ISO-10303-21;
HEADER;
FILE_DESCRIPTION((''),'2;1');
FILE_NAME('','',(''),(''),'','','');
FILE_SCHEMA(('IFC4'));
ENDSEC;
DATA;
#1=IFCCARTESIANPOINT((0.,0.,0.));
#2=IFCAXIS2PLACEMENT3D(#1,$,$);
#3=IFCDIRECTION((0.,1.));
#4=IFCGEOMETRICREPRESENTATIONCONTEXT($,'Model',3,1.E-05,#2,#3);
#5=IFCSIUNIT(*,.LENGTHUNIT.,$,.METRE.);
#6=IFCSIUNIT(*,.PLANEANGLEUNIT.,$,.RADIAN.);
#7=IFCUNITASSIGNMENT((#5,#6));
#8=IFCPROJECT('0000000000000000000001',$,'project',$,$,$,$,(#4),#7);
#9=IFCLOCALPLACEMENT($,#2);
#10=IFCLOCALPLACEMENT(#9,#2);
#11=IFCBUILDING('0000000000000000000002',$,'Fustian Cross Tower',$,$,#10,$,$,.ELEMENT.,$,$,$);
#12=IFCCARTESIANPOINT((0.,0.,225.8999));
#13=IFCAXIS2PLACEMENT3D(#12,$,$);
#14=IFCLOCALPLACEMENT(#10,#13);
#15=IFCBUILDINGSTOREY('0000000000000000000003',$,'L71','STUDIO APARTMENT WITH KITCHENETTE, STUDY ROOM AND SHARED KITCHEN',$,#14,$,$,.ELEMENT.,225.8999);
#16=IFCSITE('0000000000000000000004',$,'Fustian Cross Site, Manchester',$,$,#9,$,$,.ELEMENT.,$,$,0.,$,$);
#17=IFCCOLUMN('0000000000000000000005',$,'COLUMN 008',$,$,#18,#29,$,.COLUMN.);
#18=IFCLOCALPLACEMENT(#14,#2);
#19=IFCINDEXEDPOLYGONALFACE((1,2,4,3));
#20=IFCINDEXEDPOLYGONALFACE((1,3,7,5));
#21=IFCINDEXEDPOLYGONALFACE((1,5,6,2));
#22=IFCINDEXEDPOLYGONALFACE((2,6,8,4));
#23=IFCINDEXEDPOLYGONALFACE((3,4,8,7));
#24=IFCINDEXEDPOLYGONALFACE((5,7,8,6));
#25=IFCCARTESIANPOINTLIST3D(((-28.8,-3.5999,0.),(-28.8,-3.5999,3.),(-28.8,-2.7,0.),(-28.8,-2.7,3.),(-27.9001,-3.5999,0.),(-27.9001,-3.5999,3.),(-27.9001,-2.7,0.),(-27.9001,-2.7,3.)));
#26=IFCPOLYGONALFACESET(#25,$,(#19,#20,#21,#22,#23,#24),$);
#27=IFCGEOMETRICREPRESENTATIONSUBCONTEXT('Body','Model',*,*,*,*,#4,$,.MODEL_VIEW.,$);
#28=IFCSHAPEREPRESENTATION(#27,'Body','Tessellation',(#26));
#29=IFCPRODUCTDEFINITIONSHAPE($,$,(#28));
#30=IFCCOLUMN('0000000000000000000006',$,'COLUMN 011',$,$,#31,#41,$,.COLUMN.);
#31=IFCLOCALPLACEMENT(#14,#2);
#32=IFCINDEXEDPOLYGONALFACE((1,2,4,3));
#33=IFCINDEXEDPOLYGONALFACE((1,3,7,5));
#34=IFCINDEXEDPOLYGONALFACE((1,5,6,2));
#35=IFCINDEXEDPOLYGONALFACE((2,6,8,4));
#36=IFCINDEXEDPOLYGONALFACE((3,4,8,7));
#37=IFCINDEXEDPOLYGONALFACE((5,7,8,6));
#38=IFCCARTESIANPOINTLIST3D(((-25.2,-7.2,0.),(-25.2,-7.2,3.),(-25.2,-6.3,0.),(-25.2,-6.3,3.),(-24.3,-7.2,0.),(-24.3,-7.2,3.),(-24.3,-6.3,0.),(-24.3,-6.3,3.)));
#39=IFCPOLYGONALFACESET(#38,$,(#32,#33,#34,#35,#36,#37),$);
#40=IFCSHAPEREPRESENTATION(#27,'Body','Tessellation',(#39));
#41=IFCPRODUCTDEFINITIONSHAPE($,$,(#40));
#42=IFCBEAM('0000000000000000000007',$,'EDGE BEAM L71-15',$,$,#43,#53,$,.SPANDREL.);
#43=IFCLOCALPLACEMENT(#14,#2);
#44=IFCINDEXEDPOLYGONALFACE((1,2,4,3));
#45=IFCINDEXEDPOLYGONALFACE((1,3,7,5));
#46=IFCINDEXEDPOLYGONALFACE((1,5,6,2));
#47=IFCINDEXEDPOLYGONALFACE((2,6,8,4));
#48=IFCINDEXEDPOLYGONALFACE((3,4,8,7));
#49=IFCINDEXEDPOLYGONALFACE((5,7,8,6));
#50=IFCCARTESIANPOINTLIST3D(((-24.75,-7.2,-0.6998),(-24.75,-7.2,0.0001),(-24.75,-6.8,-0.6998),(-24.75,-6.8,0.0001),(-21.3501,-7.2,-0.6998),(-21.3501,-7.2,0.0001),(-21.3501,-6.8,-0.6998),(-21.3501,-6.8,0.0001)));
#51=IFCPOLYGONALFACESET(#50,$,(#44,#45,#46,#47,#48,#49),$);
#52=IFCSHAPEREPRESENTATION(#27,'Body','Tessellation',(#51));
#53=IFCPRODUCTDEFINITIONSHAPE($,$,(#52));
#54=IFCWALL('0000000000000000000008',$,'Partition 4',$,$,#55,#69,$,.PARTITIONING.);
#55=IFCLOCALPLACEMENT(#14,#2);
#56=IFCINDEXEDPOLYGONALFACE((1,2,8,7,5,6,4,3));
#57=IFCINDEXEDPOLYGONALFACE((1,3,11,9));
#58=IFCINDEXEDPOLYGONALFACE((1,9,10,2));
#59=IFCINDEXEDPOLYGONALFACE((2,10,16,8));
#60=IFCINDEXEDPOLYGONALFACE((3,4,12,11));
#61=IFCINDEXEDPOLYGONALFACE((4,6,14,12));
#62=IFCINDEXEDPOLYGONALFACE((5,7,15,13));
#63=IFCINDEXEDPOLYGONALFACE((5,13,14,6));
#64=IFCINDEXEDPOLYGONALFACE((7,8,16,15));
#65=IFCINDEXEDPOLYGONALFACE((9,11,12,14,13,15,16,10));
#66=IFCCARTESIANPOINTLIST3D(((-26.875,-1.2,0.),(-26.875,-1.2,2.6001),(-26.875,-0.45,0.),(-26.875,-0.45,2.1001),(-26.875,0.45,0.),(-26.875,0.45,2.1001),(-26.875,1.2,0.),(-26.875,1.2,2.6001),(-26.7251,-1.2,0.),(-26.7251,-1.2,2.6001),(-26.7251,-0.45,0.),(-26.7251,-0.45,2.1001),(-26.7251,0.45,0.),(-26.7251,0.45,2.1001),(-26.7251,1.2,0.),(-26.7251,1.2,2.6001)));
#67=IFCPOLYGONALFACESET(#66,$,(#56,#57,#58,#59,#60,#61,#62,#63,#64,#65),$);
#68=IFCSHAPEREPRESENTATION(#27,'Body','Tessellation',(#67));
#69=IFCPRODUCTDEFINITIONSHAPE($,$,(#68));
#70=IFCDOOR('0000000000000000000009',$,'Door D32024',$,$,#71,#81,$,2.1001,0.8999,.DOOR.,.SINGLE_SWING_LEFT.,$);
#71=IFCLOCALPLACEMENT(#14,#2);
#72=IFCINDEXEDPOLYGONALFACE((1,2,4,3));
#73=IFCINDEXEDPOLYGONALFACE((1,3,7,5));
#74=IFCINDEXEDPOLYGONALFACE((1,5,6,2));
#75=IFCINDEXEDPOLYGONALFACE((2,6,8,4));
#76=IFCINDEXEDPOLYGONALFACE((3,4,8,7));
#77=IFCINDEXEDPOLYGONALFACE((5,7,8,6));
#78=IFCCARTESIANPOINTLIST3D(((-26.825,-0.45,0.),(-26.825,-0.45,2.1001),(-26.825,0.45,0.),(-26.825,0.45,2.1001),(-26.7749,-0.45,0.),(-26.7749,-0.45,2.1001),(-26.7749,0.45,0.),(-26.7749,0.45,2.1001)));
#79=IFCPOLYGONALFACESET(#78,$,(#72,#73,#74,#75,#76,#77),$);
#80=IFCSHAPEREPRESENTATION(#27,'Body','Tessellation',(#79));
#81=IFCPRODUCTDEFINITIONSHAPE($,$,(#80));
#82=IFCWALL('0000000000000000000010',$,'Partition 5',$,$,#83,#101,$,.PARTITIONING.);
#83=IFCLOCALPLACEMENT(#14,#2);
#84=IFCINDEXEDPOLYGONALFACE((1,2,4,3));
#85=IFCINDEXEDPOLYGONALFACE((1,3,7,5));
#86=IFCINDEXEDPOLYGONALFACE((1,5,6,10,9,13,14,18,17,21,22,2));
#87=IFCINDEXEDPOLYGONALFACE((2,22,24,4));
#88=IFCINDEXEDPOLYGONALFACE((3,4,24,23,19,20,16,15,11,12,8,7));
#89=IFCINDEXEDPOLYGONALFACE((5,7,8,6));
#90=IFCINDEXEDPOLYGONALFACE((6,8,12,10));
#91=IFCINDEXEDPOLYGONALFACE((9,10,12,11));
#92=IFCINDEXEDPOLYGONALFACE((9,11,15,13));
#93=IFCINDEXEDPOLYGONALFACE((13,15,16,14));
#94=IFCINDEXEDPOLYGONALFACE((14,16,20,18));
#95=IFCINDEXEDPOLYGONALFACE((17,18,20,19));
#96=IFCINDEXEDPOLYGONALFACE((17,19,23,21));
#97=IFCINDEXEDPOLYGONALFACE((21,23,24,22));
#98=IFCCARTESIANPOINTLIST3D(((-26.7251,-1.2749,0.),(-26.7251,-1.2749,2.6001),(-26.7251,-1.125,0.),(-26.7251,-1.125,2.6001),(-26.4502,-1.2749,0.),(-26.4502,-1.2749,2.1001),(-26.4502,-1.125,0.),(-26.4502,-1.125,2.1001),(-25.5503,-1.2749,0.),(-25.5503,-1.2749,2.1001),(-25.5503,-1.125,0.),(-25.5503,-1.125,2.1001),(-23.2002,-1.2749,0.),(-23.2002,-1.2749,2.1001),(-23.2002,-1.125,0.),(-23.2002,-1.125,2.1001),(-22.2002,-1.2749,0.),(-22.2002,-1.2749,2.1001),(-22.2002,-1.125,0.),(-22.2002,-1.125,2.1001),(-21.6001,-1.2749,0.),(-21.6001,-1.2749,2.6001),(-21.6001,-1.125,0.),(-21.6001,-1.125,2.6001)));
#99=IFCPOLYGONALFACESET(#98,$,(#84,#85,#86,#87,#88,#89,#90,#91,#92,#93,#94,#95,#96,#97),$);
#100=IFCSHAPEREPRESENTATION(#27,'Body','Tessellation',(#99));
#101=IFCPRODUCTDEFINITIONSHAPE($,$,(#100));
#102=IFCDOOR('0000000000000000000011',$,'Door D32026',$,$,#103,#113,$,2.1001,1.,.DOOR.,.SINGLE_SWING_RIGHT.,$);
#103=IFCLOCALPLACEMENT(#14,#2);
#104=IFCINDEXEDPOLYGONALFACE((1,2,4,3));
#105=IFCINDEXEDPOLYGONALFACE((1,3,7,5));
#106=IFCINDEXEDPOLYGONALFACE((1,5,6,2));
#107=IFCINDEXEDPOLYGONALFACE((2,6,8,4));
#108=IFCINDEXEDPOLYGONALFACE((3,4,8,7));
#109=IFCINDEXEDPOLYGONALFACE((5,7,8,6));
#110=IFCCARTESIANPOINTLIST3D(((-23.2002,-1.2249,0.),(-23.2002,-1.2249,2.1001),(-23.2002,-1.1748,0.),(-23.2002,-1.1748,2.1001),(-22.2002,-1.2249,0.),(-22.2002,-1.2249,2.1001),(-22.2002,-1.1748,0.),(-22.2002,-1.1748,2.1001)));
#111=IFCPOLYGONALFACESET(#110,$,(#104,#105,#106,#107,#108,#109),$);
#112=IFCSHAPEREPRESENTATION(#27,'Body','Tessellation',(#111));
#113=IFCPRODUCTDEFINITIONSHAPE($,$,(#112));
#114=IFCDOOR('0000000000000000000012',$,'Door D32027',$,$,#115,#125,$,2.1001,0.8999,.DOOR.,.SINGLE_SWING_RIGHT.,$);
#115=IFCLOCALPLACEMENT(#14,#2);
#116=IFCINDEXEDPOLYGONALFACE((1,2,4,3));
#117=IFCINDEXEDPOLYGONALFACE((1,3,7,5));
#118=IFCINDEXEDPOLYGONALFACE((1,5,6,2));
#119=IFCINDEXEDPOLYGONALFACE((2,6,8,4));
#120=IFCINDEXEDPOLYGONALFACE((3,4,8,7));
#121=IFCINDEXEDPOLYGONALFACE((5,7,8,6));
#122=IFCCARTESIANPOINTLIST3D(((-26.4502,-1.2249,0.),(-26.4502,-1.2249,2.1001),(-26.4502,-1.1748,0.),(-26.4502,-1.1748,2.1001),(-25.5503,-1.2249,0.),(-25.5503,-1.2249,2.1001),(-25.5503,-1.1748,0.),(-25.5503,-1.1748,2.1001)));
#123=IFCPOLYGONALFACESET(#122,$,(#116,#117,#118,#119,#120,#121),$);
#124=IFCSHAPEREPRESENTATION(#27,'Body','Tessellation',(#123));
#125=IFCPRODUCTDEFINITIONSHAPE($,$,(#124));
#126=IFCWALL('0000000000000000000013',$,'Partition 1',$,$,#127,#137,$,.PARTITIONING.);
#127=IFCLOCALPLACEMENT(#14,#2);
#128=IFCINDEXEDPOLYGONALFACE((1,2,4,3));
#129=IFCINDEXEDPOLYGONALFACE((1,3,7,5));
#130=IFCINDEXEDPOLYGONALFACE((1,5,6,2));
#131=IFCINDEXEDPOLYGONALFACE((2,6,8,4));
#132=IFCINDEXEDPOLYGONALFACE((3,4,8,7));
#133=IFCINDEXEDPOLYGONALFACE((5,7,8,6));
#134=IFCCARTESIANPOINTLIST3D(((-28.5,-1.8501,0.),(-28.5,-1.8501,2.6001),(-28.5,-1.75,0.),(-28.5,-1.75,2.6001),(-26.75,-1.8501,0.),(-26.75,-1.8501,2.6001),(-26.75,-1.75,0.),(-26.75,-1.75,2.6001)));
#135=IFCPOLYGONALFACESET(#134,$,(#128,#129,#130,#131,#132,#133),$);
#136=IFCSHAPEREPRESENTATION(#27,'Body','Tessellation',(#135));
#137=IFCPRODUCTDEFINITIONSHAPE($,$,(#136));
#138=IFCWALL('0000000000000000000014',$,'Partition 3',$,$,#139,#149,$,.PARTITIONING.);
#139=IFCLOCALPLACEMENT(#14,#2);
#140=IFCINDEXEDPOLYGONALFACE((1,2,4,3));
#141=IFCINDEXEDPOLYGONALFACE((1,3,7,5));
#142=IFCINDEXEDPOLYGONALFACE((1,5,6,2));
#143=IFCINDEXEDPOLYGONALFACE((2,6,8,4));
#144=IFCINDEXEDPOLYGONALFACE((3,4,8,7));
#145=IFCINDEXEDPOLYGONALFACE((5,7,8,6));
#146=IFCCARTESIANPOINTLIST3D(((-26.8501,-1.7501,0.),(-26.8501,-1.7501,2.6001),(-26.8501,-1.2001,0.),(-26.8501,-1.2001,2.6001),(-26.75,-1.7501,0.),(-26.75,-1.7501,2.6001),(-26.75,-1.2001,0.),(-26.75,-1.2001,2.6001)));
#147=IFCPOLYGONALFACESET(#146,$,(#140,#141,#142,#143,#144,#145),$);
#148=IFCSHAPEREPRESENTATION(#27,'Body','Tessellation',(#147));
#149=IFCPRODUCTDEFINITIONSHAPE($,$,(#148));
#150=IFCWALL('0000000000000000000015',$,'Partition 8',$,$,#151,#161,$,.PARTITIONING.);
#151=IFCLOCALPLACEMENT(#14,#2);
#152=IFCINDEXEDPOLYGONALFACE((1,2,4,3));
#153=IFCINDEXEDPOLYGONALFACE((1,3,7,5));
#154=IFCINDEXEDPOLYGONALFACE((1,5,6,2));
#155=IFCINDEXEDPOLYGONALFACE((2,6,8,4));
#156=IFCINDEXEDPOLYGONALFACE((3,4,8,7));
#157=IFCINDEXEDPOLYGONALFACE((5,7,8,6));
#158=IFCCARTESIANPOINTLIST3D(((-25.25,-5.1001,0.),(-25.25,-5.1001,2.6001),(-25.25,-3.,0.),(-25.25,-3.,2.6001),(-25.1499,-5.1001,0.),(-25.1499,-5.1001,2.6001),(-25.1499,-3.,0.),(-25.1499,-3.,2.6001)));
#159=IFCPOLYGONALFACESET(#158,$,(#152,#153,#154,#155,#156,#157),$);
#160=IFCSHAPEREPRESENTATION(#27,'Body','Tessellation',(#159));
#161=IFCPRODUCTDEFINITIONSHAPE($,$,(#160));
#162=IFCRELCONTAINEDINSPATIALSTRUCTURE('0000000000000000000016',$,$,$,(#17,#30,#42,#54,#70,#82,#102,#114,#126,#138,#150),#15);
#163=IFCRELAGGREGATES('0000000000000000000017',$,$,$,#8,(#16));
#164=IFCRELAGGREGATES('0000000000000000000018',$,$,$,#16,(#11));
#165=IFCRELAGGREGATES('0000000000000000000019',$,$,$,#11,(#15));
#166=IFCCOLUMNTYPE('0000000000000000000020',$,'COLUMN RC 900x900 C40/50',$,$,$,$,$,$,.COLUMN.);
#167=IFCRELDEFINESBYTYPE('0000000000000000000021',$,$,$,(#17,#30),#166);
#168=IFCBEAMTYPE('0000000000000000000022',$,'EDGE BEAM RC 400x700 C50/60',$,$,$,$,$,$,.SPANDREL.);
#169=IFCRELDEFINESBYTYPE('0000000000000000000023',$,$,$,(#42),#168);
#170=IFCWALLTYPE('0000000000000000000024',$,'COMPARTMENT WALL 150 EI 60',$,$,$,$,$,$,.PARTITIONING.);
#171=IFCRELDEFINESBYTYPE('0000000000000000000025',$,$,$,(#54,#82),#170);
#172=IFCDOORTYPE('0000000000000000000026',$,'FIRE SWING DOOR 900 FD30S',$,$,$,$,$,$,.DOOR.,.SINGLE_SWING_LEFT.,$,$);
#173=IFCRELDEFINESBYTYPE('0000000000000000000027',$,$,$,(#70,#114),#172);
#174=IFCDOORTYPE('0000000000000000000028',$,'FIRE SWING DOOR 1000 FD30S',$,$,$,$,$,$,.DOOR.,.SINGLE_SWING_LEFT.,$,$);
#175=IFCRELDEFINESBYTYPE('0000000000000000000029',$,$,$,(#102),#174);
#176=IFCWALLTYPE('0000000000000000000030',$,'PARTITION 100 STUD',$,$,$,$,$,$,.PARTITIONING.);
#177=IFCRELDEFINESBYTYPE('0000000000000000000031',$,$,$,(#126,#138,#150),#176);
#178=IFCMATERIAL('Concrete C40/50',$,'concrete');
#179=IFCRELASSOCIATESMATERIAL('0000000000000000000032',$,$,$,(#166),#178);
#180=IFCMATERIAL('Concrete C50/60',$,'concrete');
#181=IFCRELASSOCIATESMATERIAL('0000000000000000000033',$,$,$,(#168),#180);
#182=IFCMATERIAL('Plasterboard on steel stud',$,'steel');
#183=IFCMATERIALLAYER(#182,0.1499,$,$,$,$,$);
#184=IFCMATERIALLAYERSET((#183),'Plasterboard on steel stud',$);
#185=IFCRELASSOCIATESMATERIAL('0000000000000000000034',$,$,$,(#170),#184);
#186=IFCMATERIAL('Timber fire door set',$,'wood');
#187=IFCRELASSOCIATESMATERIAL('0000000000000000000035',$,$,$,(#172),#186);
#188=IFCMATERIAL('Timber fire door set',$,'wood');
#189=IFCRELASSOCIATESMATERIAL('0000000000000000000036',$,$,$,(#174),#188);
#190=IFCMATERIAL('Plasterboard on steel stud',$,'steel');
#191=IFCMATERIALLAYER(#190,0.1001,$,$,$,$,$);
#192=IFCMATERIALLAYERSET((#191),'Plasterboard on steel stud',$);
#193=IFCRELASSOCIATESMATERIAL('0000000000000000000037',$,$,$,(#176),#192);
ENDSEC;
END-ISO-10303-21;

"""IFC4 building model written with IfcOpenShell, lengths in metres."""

from ifc_helpers import new_model, si_unit, direction, frame, frame_2d, origin, origin_2d, place, context, subcontext, project, spatial, rectangle, extrude, material, layer, layer_set, material_profile, profile_set, type_object, element, fill, save


model = new_model("IFC4")

# Units and contexts
model_context = context("Model", 3, precision=1e-05, world=origin(), true_north=direction((0.0, 1.0)))
body_context = subcontext(model_context, "Body", "Model", "MODEL_VIEW")
ifc_project = project(units=[si_unit("LENGTHUNIT", "METRE"), si_unit("PLANEANGLEUNIT", "RADIAN")], contexts=[model_context])

# Site, building, storey
site_placement = place(None, origin())
site = spatial("IfcSite", under=ifc_project, at=site_placement, Name="Fustian Cross Site, Manchester", CompositionType="ELEMENT", RefElevation=0.0)
building_placement = place(site_placement, origin())
building = spatial("IfcBuilding", under=site, at=building_placement, Name="Fustian Cross Tower", CompositionType="ELEMENT")
storey_placement = place(building_placement, frame((0.0, 0.0, 225.8999)))
storey = spatial("IfcBuildingStorey", under=building, at=storey_placement, Name="L71", Description="STUDIO APARTMENT WITH KITCHENETTE, STUDY ROOM AND SHARED KITCHEN", CompositionType="ELEMENT", Elevation=225.8999)

# Columns
ifc_material_1 = material(Name="Concrete C40/50", Category="concrete")
ifc_material_profile_1 = material_profile(ifc_material_1, rectangle(XDim=0.8999, YDim=0.8999, at=origin_2d()), Name="RC 900x900")
ifc_profile_set_1 = profile_set([ifc_material_profile_1], Name="Concrete C40/50")
column_type = type_object("IfcColumnType", Name="COLUMN RC 900x900 C40/50", PredefinedType="COLUMN", material=ifc_profile_set_1)
for number, where, z_axis, x_axis, name in (
    (1, (-28.3501, -3.1499, 0.0), (0.0, 0.0, 1.0), (1.0, 0.0, 0.0), "COLUMN 008"),
    (2, (-24.75, -6.75, 0.0), (0.0, 0.0, 1.0), (1.0, 0.0, 0.0), "COLUMN 011"),
):
    element("IfcColumn", number, at=place(storey_placement, frame(where, z_axis=z_axis, x_axis=x_axis)), inside=storey, type_object=column_type, Name=name, PredefinedType="COLUMN", context=body_context, shape_type="SweptSolid", body=[
        extrude(rectangle(XDim=0.8999, YDim=0.8999, at=origin_2d()), origin(), (0.0, 0.0, 1.0), 3.0),
    ])

# Beam
ifc_material_2 = material(Name="Concrete C50/60", Category="concrete")
ifc_material_profile_2 = material_profile(ifc_material_2, rectangle(XDim=0.3999, YDim=0.7, at=origin_2d()), Name="RC 400x700")
ifc_profile_set_2 = profile_set([ifc_material_profile_2], Name="Concrete C50/60")
beam_type = type_object("IfcBeamType", Name="EDGE BEAM RC 400x700 C50/60", PredefinedType="SPANDREL", material=ifc_profile_set_2)
beam_placement = place(storey_placement, frame((-24.75, -7.0, -0.3499), z_axis=(1.0, 0.0, 0.0), x_axis=(0.0, 1.0, 0.0)))
element("IfcBeam", 3, at=beam_placement, inside=storey, type_object=beam_type, Name="EDGE BEAM L71-15", PredefinedType="SPANDREL", context=body_context, shape_type="SweptSolid", body=[
    extrude(rectangle(XDim=0.3999, YDim=0.7, at=origin_2d()), origin(), (0.0, 0.0, 1.0), 3.3999),
])

# Wall, opening, door
ifc_material_3 = material(Name="Plasterboard on steel stud", Category="steel")
ifc_layer_1 = layer(ifc_material_3, 0.1499)
ifc_layer_set_1 = layer_set([ifc_layer_1], Name="Plasterboard on steel stud")
wall_type_1 = type_object("IfcWallType", Name="COMPARTMENT WALL 150 EI 60", PredefinedType="PARTITIONING", material=ifc_layer_set_1)
wall_1_placement = place(storey_placement, frame((-26.8, -1.2, 0.0), z_axis=(0.0, 0.0, 1.0), x_axis=(0.0, 1.0, 0.0)))
wall_1 = element("IfcWall", 4, at=wall_1_placement, inside=storey, type_object=wall_type_1, Name="Partition 4", PredefinedType="PARTITIONING", context=body_context, shape_type="SweptSolid", body=[
    extrude(rectangle(XDim=2.3999, YDim=0.1499, at=frame_2d((1.2, 0.0))), origin(), (0.0, 0.0, 1.0), 2.6001),
])
opening_1_placement = place(wall_1_placement, frame((0.75, 0.0, 0.0)))
opening_1 = element("IfcOpeningElement", 5, at=opening_1_placement, cuts=wall_1, PredefinedType="OPENING", context=body_context, shape_type="SweptSolid", body=[
    extrude(rectangle(XDim=0.8999, YDim=2.1001, at=frame_2d((0.45, 1.05))), frame((0.0, 0.085, 0.0), z_axis=(0.0, -1.0, 0.0), x_axis=(1.0, 0.0, 0.0)), (0.0, 0.0, 1.0), 0.1699),
])
ifc_material_4 = material(Name="Timber fire door set", Category="wood")
door_type_1 = type_object("IfcDoorType", Name="FIRE SWING DOOR 900 FD30S", OperationType="SINGLE_SWING_LEFT", PredefinedType="DOOR", material=ifc_material_4)
door_1_placement = place(opening_1_placement, origin())
door_1 = element("IfcDoor", 6, at=door_1_placement, inside=storey, type_object=door_type_1, Name="Door D32024", OperationType="SINGLE_SWING_LEFT", OverallHeight=2.1001, OverallWidth=0.8999, PredefinedType="DOOR", context=body_context, shape_type="SweptSolid", body=[
    extrude(rectangle(XDim=0.8999, YDim=2.1001, at=frame_2d((0.45, 1.05))), frame((0.0, 0.0249, 0.0), z_axis=(0.0, -1.0, 0.0), x_axis=(1.0, 0.0, 0.0)), (0.0, 0.0, 1.0), 0.05),
])
fill(opening_1, door_1)

# Wall, openings, doors
wall_2_placement = place(storey_placement, frame((-26.7251, -1.2, 0.0), z_axis=(0.0, 0.0, 1.0), x_axis=(1.0, 0.0, 0.0)))
wall_2 = element("IfcWall", 7, at=wall_2_placement, inside=storey, type_object=wall_type_1, Name="Partition 5", PredefinedType="PARTITIONING", context=body_context, shape_type="SweptSolid", body=[
    extrude(rectangle(XDim=5.125, YDim=0.1499, at=frame_2d((2.5625, 0.0))), origin(), (0.0, 0.0, 1.0), 2.6001),
])
opening_2_placement = place(wall_2_placement, frame((3.5249, 0.0, 0.0)))
opening_2 = element("IfcOpeningElement", 8, at=opening_2_placement, cuts=wall_2, PredefinedType="OPENING", context=body_context, shape_type="SweptSolid", body=[
    extrude(rectangle(XDim=1.0, YDim=2.1001, at=frame_2d((0.5, 1.05))), frame((0.0, 0.085, 0.0), z_axis=(0.0, -1.0, 0.0), x_axis=(1.0, 0.0, 0.0)), (0.0, 0.0, 1.0), 0.1699),
])
opening_3_placement = place(wall_2_placement, frame((0.2749, 0.0, 0.0)))
opening_3 = element("IfcOpeningElement", 9, at=opening_3_placement, cuts=wall_2, PredefinedType="OPENING", context=body_context, shape_type="SweptSolid", body=[
    extrude(rectangle(XDim=0.8999, YDim=2.1001, at=frame_2d((0.45, 1.05))), frame((0.0, 0.085, 0.0), z_axis=(0.0, -1.0, 0.0), x_axis=(1.0, 0.0, 0.0)), (0.0, 0.0, 1.0), 0.1699),
])
ifc_material_5 = material(Name="Timber fire door set", Category="wood")
door_type_2 = type_object("IfcDoorType", Name="FIRE SWING DOOR 1000 FD30S", OperationType="SINGLE_SWING_LEFT", PredefinedType="DOOR", material=ifc_material_5)
door_2_placement = place(opening_2_placement, frame((1.0, 0.0, 0.0), z_axis=(0.0, 0.0, 1.0), x_axis=(-1.0, 0.0, 0.0)))
door_2 = element("IfcDoor", 10, at=door_2_placement, inside=storey, type_object=door_type_2, Name="Door D32026", OperationType="SINGLE_SWING_RIGHT", OverallHeight=2.1001, OverallWidth=1.0, PredefinedType="DOOR", context=body_context, shape_type="SweptSolid", body=[
    extrude(rectangle(XDim=1.0, YDim=2.1001, at=frame_2d((0.5, 1.05))), frame((0.0, 0.0249, 0.0), z_axis=(0.0, -1.0, 0.0), x_axis=(1.0, 0.0, 0.0)), (0.0, 0.0, 1.0), 0.05),
])
fill(opening_2, door_2)
door_3_placement = place(opening_3_placement, frame((0.8999, 0.0, 0.0), z_axis=(0.0, 0.0, 1.0), x_axis=(-1.0, 0.0, 0.0)))
door_3 = element("IfcDoor", 11, at=door_3_placement, inside=storey, type_object=door_type_1, Name="Door D32027", OperationType="SINGLE_SWING_RIGHT", OverallHeight=2.1001, OverallWidth=0.8999, PredefinedType="DOOR", context=body_context, shape_type="SweptSolid", body=[
    extrude(rectangle(XDim=0.8999, YDim=2.1001, at=frame_2d((0.45, 1.05))), frame((0.0, 0.0249, 0.0), z_axis=(0.0, -1.0, 0.0), x_axis=(1.0, 0.0, 0.0)), (0.0, 0.0, 1.0), 0.05),
])
fill(opening_3, door_3)

# Walls
ifc_material_6 = material(Name="Plasterboard on steel stud", Category="steel")
ifc_layer_2 = layer(ifc_material_6, 0.1001)
ifc_layer_set_2 = layer_set([ifc_layer_2], Name="Plasterboard on steel stud")
wall_type_2 = type_object("IfcWallType", Name="PARTITION 100 STUD", PredefinedType="PARTITIONING", material=ifc_layer_set_2)
wall_3_placement = place(storey_placement, frame((-28.5, -1.8, 0.0), z_axis=(0.0, 0.0, 1.0), x_axis=(1.0, 0.0, 0.0)))
element("IfcWall", 12, at=wall_3_placement, inside=storey, type_object=wall_type_2, Name="Partition 1", PredefinedType="PARTITIONING", context=body_context, shape_type="SweptSolid", body=[
    extrude(rectangle(XDim=1.75, YDim=0.1001, at=frame_2d((0.875, 0.0))), origin(), (0.0, 0.0, 1.0), 2.6001),
])
wall_4_placement = place(storey_placement, frame((-26.8, -1.75, 0.0), z_axis=(0.0, 0.0, 1.0), x_axis=(0.0, 1.0, 0.0)))
element("IfcWall", 13, at=wall_4_placement, inside=storey, type_object=wall_type_2, Name="Partition 3", PredefinedType="PARTITIONING", context=body_context, shape_type="SweptSolid", body=[
    extrude(rectangle(XDim=0.55, YDim=0.1001, at=frame_2d((0.2749, 0.0))), origin(), (0.0, 0.0, 1.0), 2.6001),
])
wall_5_placement = place(storey_placement, frame((-25.2, -5.1001, 0.0), z_axis=(0.0, 0.0, 1.0), x_axis=(0.0, 1.0, 0.0)))
element("IfcWall", 14, at=wall_5_placement, inside=storey, type_object=wall_type_2, Name="Partition 8", PredefinedType="PARTITIONING", context=body_context, shape_type="SweptSolid", body=[
    extrude(rectangle(XDim=2.1001, YDim=0.1001, at=frame_2d((1.05, 0.0))), origin(), (0.0, 0.0, 1.0), 2.6001),
])

save(model, "model.ifc")
